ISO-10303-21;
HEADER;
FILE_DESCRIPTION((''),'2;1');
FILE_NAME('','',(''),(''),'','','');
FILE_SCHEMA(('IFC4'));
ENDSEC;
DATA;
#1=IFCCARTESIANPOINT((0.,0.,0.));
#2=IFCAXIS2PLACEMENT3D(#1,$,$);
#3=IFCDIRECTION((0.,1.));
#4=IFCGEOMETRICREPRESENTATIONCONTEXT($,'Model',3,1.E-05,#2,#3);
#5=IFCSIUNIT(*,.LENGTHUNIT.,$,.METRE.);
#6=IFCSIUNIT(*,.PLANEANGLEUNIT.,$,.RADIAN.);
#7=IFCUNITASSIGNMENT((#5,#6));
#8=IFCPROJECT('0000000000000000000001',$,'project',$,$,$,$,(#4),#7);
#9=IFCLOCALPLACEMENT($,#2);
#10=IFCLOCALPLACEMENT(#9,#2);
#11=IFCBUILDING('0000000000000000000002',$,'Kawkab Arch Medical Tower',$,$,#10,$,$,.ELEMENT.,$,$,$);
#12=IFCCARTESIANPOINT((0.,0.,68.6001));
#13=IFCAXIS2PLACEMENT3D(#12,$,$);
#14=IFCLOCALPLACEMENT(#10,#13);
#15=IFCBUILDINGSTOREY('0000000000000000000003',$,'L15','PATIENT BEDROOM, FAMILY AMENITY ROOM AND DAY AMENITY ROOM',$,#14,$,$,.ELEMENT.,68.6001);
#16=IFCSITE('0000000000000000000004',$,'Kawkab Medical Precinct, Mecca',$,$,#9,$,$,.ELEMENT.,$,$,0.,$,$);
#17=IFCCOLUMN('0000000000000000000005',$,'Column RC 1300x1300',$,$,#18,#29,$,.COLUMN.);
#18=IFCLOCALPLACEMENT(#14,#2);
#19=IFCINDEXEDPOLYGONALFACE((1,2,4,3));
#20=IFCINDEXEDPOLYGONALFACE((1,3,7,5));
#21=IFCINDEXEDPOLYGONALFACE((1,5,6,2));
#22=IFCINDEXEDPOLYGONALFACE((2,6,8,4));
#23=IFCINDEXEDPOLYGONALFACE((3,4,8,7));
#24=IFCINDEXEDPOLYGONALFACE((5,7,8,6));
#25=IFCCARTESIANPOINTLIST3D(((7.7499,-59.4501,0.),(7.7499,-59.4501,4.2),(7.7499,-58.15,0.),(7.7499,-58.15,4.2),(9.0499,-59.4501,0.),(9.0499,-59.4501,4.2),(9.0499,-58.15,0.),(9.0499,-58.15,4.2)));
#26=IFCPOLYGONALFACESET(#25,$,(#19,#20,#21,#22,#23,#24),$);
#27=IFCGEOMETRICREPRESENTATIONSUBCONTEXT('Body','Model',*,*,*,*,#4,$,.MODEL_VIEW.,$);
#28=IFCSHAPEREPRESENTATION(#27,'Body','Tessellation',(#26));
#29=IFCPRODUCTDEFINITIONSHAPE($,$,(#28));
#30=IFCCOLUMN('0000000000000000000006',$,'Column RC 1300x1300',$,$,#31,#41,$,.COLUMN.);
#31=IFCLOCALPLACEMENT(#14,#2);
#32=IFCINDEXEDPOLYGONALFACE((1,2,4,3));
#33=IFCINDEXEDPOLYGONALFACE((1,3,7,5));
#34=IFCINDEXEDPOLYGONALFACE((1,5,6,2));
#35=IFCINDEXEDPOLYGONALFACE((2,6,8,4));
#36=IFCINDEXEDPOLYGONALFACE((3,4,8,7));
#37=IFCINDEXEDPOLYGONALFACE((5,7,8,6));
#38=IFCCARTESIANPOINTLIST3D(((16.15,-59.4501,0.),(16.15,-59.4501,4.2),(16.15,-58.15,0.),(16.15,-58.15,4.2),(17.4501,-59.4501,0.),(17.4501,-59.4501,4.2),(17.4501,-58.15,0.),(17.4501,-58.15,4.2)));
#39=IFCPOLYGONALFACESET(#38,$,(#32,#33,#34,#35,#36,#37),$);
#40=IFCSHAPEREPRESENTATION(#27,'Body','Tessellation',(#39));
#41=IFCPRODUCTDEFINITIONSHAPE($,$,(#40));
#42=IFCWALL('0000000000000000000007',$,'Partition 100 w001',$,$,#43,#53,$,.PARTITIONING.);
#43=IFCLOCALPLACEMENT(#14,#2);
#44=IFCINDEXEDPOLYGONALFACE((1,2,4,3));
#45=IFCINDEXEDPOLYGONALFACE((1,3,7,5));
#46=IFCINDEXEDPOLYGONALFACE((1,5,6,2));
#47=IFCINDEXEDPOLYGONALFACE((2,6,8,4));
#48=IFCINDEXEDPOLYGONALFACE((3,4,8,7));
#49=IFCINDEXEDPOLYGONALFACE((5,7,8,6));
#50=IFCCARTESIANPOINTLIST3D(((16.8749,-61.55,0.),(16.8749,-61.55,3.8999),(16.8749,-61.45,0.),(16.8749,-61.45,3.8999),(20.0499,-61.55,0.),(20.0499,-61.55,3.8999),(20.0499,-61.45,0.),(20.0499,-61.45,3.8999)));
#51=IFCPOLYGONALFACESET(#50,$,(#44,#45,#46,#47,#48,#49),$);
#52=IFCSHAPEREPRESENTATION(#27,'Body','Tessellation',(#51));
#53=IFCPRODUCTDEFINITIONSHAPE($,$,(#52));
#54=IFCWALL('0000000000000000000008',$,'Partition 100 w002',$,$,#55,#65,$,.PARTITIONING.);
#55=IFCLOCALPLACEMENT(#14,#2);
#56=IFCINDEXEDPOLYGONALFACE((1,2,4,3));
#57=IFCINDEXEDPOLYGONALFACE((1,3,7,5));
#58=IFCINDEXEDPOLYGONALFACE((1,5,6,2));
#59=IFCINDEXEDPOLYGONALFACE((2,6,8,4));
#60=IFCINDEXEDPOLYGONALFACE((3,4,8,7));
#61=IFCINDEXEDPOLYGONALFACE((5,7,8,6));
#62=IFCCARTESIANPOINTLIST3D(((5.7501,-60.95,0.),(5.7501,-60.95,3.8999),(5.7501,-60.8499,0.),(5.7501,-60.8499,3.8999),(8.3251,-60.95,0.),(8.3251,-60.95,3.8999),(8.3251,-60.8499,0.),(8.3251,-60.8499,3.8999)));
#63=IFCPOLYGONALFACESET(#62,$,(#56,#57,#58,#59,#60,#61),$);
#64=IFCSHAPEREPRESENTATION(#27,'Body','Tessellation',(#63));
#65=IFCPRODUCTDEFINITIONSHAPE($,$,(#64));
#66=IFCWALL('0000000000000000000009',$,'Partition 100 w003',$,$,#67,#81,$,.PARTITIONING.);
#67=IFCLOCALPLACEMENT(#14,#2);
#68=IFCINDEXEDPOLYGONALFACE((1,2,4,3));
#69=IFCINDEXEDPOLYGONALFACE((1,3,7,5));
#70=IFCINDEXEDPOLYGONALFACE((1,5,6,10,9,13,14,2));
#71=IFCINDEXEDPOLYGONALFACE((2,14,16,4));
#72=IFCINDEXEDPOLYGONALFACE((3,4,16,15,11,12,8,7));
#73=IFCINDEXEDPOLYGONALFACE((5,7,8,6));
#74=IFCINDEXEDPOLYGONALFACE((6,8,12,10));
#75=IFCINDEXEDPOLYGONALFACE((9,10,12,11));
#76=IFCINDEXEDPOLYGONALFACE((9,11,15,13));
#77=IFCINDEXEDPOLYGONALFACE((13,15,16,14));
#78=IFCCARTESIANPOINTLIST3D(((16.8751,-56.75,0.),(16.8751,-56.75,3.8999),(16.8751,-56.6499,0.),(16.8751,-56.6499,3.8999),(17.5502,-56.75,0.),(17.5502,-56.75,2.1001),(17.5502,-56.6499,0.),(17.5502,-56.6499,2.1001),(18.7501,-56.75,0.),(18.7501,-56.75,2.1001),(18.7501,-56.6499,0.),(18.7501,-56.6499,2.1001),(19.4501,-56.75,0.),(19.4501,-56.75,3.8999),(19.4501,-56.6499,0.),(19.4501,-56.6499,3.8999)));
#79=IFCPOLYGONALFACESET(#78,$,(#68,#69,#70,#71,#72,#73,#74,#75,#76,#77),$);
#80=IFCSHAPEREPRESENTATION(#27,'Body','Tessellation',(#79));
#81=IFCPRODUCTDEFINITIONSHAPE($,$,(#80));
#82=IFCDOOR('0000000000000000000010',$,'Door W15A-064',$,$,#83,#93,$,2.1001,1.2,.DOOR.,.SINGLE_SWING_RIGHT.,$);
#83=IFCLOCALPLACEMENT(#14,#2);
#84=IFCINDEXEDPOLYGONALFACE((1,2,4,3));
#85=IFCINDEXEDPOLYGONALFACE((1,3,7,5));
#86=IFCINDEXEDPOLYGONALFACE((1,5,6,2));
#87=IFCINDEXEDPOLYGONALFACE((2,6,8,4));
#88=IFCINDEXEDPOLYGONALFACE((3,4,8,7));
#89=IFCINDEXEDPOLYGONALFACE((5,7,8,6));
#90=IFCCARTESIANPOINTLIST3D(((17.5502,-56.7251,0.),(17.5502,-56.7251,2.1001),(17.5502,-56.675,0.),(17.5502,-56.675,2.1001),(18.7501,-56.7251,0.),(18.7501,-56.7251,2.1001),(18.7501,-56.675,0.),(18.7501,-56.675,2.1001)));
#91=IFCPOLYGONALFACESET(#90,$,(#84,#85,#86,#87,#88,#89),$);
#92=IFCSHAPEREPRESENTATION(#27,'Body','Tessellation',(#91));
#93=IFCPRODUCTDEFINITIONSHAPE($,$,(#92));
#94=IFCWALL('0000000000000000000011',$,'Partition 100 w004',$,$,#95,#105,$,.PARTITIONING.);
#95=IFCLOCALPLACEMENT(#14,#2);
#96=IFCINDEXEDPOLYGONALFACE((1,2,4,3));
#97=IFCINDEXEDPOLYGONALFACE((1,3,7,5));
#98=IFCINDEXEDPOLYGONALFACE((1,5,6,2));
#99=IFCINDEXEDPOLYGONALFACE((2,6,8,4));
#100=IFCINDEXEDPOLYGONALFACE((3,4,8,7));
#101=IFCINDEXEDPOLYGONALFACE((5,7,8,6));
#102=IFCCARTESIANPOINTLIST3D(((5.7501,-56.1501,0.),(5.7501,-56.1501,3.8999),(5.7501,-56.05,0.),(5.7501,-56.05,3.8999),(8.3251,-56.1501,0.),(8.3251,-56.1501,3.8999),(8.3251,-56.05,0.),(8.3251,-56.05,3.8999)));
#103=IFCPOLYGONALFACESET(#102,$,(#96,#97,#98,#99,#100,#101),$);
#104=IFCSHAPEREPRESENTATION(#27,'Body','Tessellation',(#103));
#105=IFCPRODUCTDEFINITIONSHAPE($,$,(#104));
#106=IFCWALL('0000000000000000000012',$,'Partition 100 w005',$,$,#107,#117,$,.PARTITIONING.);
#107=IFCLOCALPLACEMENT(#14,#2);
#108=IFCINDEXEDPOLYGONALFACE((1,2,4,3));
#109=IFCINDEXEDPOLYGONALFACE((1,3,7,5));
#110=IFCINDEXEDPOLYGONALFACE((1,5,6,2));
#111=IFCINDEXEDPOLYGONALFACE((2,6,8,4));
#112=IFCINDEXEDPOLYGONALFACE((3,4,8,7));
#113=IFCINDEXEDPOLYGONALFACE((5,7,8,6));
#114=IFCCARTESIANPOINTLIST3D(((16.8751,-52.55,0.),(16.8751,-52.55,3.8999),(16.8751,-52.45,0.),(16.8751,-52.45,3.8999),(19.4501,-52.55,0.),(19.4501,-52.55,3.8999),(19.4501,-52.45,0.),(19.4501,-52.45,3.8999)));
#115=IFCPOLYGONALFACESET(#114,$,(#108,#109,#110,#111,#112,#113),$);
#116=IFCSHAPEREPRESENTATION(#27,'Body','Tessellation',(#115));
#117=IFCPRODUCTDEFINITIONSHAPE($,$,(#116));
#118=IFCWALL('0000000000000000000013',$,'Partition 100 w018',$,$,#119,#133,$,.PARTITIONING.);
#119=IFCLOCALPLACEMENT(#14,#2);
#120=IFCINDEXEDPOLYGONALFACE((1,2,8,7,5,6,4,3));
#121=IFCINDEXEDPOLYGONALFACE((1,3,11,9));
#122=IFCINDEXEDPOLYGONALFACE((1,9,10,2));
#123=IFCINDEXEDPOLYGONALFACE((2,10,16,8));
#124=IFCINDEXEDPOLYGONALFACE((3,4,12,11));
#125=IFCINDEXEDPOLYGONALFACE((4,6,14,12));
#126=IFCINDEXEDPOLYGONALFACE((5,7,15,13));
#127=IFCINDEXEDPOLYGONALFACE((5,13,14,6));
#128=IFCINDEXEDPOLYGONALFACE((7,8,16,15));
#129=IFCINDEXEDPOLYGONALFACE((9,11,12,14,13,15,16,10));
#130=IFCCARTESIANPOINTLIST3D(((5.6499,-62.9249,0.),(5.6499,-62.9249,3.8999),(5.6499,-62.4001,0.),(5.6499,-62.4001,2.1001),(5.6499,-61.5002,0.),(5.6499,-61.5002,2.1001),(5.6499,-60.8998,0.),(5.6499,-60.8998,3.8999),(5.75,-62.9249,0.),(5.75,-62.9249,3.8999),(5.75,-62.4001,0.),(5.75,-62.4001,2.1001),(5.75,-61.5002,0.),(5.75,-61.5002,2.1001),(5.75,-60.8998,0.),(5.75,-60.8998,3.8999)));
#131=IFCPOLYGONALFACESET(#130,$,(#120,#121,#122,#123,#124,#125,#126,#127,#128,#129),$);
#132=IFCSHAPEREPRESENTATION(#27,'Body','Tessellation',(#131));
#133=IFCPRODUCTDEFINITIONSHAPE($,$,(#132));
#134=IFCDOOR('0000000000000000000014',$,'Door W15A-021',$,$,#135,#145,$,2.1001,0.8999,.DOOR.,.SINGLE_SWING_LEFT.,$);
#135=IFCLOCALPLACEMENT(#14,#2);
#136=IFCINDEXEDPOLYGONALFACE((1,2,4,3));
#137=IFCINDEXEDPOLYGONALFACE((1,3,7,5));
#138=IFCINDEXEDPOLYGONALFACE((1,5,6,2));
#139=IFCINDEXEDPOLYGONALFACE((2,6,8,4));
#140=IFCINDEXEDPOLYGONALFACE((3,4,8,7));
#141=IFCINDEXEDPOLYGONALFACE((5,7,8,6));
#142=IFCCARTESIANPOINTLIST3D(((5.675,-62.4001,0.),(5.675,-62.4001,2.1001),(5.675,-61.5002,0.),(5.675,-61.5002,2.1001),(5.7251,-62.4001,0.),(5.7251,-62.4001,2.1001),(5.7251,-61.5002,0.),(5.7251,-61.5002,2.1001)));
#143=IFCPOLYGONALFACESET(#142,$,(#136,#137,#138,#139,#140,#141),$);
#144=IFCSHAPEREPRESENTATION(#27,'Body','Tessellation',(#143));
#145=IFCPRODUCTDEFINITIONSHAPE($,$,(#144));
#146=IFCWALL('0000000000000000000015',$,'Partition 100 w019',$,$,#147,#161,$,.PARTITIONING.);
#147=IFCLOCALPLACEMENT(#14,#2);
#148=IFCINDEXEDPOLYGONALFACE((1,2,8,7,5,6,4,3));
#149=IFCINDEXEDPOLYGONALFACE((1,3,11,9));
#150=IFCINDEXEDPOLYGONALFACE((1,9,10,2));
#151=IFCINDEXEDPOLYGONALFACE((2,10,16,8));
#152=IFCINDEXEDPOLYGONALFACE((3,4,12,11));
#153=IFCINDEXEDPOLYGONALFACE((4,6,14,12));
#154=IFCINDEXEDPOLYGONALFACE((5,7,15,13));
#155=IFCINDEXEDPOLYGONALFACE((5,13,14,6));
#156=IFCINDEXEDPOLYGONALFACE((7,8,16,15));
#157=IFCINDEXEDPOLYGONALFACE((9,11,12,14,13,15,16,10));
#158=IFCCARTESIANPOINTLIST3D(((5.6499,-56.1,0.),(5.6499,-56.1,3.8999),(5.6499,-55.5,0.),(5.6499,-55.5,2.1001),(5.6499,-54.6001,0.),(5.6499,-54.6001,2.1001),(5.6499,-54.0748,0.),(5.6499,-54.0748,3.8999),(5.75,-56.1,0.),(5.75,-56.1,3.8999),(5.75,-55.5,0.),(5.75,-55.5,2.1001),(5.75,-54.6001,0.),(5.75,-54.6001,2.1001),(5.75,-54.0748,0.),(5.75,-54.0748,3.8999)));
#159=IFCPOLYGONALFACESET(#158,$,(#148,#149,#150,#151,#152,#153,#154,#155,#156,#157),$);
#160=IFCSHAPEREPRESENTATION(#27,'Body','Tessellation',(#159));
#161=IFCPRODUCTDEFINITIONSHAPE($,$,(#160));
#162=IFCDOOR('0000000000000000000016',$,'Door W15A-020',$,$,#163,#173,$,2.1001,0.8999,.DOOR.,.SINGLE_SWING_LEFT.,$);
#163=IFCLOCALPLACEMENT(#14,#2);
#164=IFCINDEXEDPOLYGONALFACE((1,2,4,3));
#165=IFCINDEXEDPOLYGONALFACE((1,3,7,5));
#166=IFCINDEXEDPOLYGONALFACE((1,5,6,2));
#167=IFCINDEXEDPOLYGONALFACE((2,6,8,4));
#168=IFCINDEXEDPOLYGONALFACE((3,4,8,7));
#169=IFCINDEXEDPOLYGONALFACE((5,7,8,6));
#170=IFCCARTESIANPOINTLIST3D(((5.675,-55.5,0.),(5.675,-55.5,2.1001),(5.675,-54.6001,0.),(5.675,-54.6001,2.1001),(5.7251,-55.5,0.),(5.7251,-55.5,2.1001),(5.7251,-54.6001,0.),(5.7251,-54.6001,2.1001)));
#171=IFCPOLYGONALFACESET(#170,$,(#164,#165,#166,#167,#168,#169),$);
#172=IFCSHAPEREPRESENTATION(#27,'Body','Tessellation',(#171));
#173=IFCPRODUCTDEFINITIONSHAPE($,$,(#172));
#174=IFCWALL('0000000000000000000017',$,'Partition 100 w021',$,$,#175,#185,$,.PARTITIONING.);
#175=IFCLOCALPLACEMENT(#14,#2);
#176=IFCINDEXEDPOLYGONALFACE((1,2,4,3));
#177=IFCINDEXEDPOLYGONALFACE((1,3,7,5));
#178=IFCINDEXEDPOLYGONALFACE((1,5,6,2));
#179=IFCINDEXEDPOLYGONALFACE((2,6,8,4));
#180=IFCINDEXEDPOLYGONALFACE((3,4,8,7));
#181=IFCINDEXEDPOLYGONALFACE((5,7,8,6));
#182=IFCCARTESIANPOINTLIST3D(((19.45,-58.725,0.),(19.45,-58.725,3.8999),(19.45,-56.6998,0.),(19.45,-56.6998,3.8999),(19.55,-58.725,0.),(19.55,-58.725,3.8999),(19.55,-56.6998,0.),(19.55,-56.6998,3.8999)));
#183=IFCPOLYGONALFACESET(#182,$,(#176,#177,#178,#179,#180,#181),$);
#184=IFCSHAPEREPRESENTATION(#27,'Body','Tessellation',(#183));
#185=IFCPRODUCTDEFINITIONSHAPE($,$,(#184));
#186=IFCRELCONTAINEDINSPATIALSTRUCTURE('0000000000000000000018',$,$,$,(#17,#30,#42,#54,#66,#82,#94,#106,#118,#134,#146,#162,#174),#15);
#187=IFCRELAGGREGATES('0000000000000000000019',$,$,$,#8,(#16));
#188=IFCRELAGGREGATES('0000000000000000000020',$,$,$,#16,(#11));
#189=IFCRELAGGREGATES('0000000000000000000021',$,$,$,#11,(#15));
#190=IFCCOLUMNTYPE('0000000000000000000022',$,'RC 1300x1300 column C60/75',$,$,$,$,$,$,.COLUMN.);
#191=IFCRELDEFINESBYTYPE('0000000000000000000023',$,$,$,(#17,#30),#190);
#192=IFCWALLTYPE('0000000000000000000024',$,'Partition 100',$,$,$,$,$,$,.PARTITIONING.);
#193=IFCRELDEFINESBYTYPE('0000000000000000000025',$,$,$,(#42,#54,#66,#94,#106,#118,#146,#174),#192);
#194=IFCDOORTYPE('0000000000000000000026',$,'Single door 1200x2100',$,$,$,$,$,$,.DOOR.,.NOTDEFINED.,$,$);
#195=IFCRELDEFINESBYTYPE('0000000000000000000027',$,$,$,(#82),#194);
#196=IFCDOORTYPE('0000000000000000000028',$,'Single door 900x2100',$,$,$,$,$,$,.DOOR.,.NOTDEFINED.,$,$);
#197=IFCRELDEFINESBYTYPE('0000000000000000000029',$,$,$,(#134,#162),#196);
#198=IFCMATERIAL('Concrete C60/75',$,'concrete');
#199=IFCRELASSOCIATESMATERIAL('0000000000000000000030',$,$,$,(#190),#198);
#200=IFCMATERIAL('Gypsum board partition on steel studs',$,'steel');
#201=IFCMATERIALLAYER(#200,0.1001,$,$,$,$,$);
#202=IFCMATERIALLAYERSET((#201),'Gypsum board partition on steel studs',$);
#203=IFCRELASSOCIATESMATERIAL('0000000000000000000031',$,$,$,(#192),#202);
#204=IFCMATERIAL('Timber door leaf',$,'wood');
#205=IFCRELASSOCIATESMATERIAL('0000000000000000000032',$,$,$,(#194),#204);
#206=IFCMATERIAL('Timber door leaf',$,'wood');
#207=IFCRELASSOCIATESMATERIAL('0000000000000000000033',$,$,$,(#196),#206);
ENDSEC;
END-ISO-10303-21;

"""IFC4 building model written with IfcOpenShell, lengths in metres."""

from ifc_helpers import new_model, si_unit, direction, frame, frame_2d, origin, origin_2d, place, context, subcontext, project, spatial, rectangle, extrude, material, layer, layer_set, material_profile, profile_set, type_object, element, fill, save


model = new_model("IFC4")

# Units and contexts
model_context = context("Model", 3, precision=1e-05, world=origin(), true_north=direction((0.0, 1.0)))
body_context = subcontext(model_context, "Body", "Model", "MODEL_VIEW")
ifc_project = project(units=[si_unit("LENGTHUNIT", "METRE"), si_unit("PLANEANGLEUNIT", "RADIAN")], contexts=[model_context])

# Site, building, storey
site_placement = place(None, origin())
site = spatial("IfcSite", under=ifc_project, at=site_placement, Name="Kawkab Medical Precinct, Mecca", CompositionType="ELEMENT", RefElevation=0.0)
building_placement = place(site_placement, origin())
building = spatial("IfcBuilding", under=site, at=building_placement, Name="Kawkab Arch Medical Tower", CompositionType="ELEMENT")
storey_placement = place(building_placement, frame((0.0, 0.0, 68.6001)))
storey = spatial("IfcBuildingStorey", under=building, at=storey_placement, Name="L15", Description="PATIENT BEDROOM, FAMILY AMENITY ROOM AND DAY AMENITY ROOM", CompositionType="ELEMENT", Elevation=68.6001)

# Columns
ifc_material_1 = material(Name="Concrete C60/75", Category="concrete")
ifc_material_profile = material_profile(ifc_material_1, rectangle(XDim=1.3, YDim=1.3, at=origin_2d()), Name="RC 1300x1300")
ifc_profile_set = profile_set([ifc_material_profile], Name="Concrete C60/75")
column_type = type_object("IfcColumnType", Name="RC 1300x1300 column C60/75", PredefinedType="COLUMN", material=ifc_profile_set)
for number, where, z_axis, x_axis, name in (
    (1, (8.3999, -58.8, 0.0), (0.0, 0.0, 1.0), (1.0, 0.0, 0.0), "Column RC 1300x1300"),
    (2, (16.8, -58.8, 0.0), (0.0, 0.0, 1.0), (1.0, 0.0, 0.0), "Column RC 1300x1300"),
):
    element("IfcColumn", number, at=place(storey_placement, frame(where, z_axis=z_axis, x_axis=x_axis)), inside=storey, type_object=column_type, Name=name, PredefinedType="COLUMN", context=body_context, shape_type="SweptSolid", body=[
        extrude(rectangle(XDim=1.3, YDim=1.3, at=origin_2d()), origin(), (0.0, 0.0, 1.0), 4.2),
    ])

# Walls
ifc_material_2 = material(Name="Gypsum board partition on steel studs", Category="steel")
ifc_layer_1 = layer(ifc_material_2, 0.1001)
ifc_layer_set_1 = layer_set([ifc_layer_1], Name="Gypsum board partition on steel studs")
wall_type_1 = type_object("IfcWallType", Name="Partition 100", PredefinedType="PARTITIONING", material=ifc_layer_set_1)
wall_1_placement = place(storey_placement, frame((16.875, -61.5, 0.0), z_axis=(0.0, 0.0, 1.0), x_axis=(1.0, 0.0, 0.0)))
element("IfcWall", 3, at=wall_1_placement, inside=storey, type_object=wall_type_1, Name="Partition 100 w001", PredefinedType="PARTITIONING", context=body_context, shape_type="SweptSolid", body=[
    extrude(rectangle(XDim=3.175, YDim=0.1001, at=frame_2d((1.5874, 0.0))), origin(), (0.0, 0.0, 1.0), 3.8999),
])
wall_2_placement = place(storey_placement, frame((5.75, -60.8999, 0.0), z_axis=(0.0, 0.0, 1.0), x_axis=(1.0, 0.0, 0.0)))
element("IfcWall", 4, at=wall_2_placement, inside=storey, type_object=wall_type_1, Name="Partition 100 w002", PredefinedType="PARTITIONING", context=body_context, shape_type="SweptSolid", body=[
    extrude(rectangle(XDim=2.575, YDim=0.1001, at=frame_2d((1.2876, 0.0))), origin(), (0.0, 0.0, 1.0), 3.8999),
])

# Wall, opening, door
wall_3_placement = place(storey_placement, frame((16.875, -56.7, 0.0), z_axis=(0.0, 0.0, 1.0), x_axis=(1.0, 0.0, 0.0)))
wall_3 = element("IfcWall", 5, at=wall_3_placement, inside=storey, type_object=wall_type_1, Name="Partition 100 w003", PredefinedType="PARTITIONING", context=body_context, shape_type="SweptSolid", body=[
    extrude(rectangle(XDim=2.575, YDim=0.1001, at=frame_2d((1.2876, 0.0))), origin(), (0.0, 0.0, 1.0), 3.8999),
])
opening_1_placement = place(wall_3_placement, frame((0.675, 0.0, 0.0)))
opening_1 = element("IfcOpeningElement", 6, at=opening_1_placement, cuts=wall_3, PredefinedType="OPENING", context=body_context, shape_type="SweptSolid", body=[
    extrude(rectangle(XDim=1.2, YDim=2.1001, at=frame_2d((0.6001, 1.05))), frame((0.0, 0.0601, 0.0), z_axis=(0.0, -1.0, 0.0), x_axis=(1.0, 0.0, 0.0)), (0.0, 0.0, 1.0), 0.1201),
])
ifc_material_3 = material(Name="Timber door leaf", Category="wood")
door_type_1 = type_object("IfcDoorType", Name="Single door 1200x2100", OperationType="NOTDEFINED", PredefinedType="DOOR", material=ifc_material_3)
door_1_placement = place(opening_1_placement, origin())
door_1 = element("IfcDoor", 7, at=door_1_placement, inside=storey, type_object=door_type_1, Name="Door W15A-064", OperationType="SINGLE_SWING_RIGHT", OverallHeight=2.1001, OverallWidth=1.2, PredefinedType="DOOR", context=body_context, shape_type="SweptSolid", body=[
    extrude(rectangle(XDim=1.2, YDim=2.1001, at=frame_2d((0.6001, 1.05))), frame((0.0, 0.0249, 0.0), z_axis=(0.0, -1.0, 0.0), x_axis=(1.0, 0.0, 0.0)), (0.0, 0.0, 1.0), 0.05),
])
fill(opening_1, door_1)

# Walls
for number, where, z_axis, x_axis, name in (
    (8, (5.75, -56.1001, 0.0), (0.0, 0.0, 1.0), (1.0, 0.0, 0.0), "Partition 100 w004"),
    (9, (16.875, -52.5, 0.0), (0.0, 0.0, 1.0), (1.0, 0.0, 0.0), "Partition 100 w005"),
):
    element("IfcWall", number, at=place(storey_placement, frame(where, z_axis=z_axis, x_axis=x_axis)), inside=storey, type_object=wall_type_1, Name=name, PredefinedType="PARTITIONING", context=body_context, shape_type="SweptSolid", body=[
        extrude(rectangle(XDim=2.575, YDim=0.1001, at=frame_2d((1.2876, 0.0))), origin(), (0.0, 0.0, 1.0), 3.8999),
    ])

# Walls, openings, doors
wall_4_placement = place(storey_placement, frame((5.7, -62.925, 0.0), z_axis=(0.0, 0.0, 1.0), x_axis=(0.0, 1.0, 0.0)))
wall_4 = element("IfcWall", 10, at=wall_4_placement, inside=storey, type_object=wall_type_1, Name="Partition 100 w018", PredefinedType="PARTITIONING", context=body_context, shape_type="SweptSolid", body=[
    extrude(rectangle(XDim=2.0251, YDim=0.1001, at=frame_2d((1.0127, 0.0))), origin(), (0.0, 0.0, 1.0), 3.8999),
])
opening_2_placement = place(wall_4_placement, frame((0.5249, 0.0, 0.0)))
opening_2 = element("IfcOpeningElement", 11, at=opening_2_placement, cuts=wall_4, PredefinedType="OPENING", context=body_context, shape_type="SweptSolid", body=[
    extrude(rectangle(XDim=0.8999, YDim=2.1001, at=frame_2d((0.45, 1.05))), frame((0.0, 0.0601, 0.0), z_axis=(0.0, -1.0, 0.0), x_axis=(1.0, 0.0, 0.0)), (0.0, 0.0, 1.0), 0.1201),
])
ifc_material_4 = material(Name="Timber door leaf", Category="wood")
door_type_2 = type_object("IfcDoorType", Name="Single door 900x2100", OperationType="NOTDEFINED", PredefinedType="DOOR", material=ifc_material_4)
door_2_placement = place(opening_2_placement, origin())
door_2 = element("IfcDoor", 12, at=door_2_placement, inside=storey, type_object=door_type_2, Name="Door W15A-021", OperationType="SINGLE_SWING_LEFT", OverallHeight=2.1001, OverallWidth=0.8999, PredefinedType="DOOR", context=body_context, shape_type="SweptSolid", body=[
    extrude(rectangle(XDim=0.8999, YDim=2.1001, at=frame_2d((0.45, 1.05))), frame((0.0, 0.0249, 0.0), z_axis=(0.0, -1.0, 0.0), x_axis=(1.0, 0.0, 0.0)), (0.0, 0.0, 1.0), 0.05),
])
fill(opening_2, door_2)
wall_5_placement = place(storey_placement, frame((5.7, -56.1001, 0.0), z_axis=(0.0, 0.0, 1.0), x_axis=(0.0, 1.0, 0.0)))
wall_5 = element("IfcWall", 13, at=wall_5_placement, inside=storey, type_object=wall_type_1, Name="Partition 100 w019", PredefinedType="PARTITIONING", context=body_context, shape_type="SweptSolid", body=[
    extrude(rectangle(XDim=2.0251, YDim=0.1001, at=frame_2d((1.0127, 0.0))), origin(), (0.0, 0.0, 1.0), 3.8999),
])
opening_3_placement = place(wall_5_placement, frame((0.6001, 0.0, 0.0)))
opening_3 = element("IfcOpeningElement", 14, at=opening_3_placement, cuts=wall_5, PredefinedType="OPENING", context=body_context, shape_type="SweptSolid", body=[
    extrude(rectangle(XDim=0.8999, YDim=2.1001, at=frame_2d((0.45, 1.05))), frame((0.0, 0.0601, 0.0), z_axis=(0.0, -1.0, 0.0), x_axis=(1.0, 0.0, 0.0)), (0.0, 0.0, 1.0), 0.1201),
])
door_3_placement = place(opening_3_placement, origin())
door_3 = element("IfcDoor", 15, at=door_3_placement, inside=storey, type_object=door_type_2, Name="Door W15A-020", OperationType="SINGLE_SWING_LEFT", OverallHeight=2.1001, OverallWidth=0.8999, PredefinedType="DOOR", context=body_context, shape_type="SweptSolid", body=[
    extrude(rectangle(XDim=0.8999, YDim=2.1001, at=frame_2d((0.45, 1.05))), frame((0.0, 0.0249, 0.0), z_axis=(0.0, -1.0, 0.0), x_axis=(1.0, 0.0, 0.0)), (0.0, 0.0, 1.0), 0.05),
])
fill(opening_3, door_3)

# Wall
wall_6_placement = place(storey_placement, frame((19.5, -58.7251, 0.0), z_axis=(0.0, 0.0, 1.0), x_axis=(0.0, 1.0, 0.0)))
element("IfcWall", 16, at=wall_6_placement, inside=storey, type_object=wall_type_1, Name="Partition 100 w021", PredefinedType="PARTITIONING", context=body_context, shape_type="SweptSolid", body=[
    extrude(rectangle(XDim=2.0251, YDim=0.1001, at=frame_2d((1.0127, 0.0))), origin(), (0.0, 0.0, 1.0), 3.8999),
])

save(model, "model.ifc")
